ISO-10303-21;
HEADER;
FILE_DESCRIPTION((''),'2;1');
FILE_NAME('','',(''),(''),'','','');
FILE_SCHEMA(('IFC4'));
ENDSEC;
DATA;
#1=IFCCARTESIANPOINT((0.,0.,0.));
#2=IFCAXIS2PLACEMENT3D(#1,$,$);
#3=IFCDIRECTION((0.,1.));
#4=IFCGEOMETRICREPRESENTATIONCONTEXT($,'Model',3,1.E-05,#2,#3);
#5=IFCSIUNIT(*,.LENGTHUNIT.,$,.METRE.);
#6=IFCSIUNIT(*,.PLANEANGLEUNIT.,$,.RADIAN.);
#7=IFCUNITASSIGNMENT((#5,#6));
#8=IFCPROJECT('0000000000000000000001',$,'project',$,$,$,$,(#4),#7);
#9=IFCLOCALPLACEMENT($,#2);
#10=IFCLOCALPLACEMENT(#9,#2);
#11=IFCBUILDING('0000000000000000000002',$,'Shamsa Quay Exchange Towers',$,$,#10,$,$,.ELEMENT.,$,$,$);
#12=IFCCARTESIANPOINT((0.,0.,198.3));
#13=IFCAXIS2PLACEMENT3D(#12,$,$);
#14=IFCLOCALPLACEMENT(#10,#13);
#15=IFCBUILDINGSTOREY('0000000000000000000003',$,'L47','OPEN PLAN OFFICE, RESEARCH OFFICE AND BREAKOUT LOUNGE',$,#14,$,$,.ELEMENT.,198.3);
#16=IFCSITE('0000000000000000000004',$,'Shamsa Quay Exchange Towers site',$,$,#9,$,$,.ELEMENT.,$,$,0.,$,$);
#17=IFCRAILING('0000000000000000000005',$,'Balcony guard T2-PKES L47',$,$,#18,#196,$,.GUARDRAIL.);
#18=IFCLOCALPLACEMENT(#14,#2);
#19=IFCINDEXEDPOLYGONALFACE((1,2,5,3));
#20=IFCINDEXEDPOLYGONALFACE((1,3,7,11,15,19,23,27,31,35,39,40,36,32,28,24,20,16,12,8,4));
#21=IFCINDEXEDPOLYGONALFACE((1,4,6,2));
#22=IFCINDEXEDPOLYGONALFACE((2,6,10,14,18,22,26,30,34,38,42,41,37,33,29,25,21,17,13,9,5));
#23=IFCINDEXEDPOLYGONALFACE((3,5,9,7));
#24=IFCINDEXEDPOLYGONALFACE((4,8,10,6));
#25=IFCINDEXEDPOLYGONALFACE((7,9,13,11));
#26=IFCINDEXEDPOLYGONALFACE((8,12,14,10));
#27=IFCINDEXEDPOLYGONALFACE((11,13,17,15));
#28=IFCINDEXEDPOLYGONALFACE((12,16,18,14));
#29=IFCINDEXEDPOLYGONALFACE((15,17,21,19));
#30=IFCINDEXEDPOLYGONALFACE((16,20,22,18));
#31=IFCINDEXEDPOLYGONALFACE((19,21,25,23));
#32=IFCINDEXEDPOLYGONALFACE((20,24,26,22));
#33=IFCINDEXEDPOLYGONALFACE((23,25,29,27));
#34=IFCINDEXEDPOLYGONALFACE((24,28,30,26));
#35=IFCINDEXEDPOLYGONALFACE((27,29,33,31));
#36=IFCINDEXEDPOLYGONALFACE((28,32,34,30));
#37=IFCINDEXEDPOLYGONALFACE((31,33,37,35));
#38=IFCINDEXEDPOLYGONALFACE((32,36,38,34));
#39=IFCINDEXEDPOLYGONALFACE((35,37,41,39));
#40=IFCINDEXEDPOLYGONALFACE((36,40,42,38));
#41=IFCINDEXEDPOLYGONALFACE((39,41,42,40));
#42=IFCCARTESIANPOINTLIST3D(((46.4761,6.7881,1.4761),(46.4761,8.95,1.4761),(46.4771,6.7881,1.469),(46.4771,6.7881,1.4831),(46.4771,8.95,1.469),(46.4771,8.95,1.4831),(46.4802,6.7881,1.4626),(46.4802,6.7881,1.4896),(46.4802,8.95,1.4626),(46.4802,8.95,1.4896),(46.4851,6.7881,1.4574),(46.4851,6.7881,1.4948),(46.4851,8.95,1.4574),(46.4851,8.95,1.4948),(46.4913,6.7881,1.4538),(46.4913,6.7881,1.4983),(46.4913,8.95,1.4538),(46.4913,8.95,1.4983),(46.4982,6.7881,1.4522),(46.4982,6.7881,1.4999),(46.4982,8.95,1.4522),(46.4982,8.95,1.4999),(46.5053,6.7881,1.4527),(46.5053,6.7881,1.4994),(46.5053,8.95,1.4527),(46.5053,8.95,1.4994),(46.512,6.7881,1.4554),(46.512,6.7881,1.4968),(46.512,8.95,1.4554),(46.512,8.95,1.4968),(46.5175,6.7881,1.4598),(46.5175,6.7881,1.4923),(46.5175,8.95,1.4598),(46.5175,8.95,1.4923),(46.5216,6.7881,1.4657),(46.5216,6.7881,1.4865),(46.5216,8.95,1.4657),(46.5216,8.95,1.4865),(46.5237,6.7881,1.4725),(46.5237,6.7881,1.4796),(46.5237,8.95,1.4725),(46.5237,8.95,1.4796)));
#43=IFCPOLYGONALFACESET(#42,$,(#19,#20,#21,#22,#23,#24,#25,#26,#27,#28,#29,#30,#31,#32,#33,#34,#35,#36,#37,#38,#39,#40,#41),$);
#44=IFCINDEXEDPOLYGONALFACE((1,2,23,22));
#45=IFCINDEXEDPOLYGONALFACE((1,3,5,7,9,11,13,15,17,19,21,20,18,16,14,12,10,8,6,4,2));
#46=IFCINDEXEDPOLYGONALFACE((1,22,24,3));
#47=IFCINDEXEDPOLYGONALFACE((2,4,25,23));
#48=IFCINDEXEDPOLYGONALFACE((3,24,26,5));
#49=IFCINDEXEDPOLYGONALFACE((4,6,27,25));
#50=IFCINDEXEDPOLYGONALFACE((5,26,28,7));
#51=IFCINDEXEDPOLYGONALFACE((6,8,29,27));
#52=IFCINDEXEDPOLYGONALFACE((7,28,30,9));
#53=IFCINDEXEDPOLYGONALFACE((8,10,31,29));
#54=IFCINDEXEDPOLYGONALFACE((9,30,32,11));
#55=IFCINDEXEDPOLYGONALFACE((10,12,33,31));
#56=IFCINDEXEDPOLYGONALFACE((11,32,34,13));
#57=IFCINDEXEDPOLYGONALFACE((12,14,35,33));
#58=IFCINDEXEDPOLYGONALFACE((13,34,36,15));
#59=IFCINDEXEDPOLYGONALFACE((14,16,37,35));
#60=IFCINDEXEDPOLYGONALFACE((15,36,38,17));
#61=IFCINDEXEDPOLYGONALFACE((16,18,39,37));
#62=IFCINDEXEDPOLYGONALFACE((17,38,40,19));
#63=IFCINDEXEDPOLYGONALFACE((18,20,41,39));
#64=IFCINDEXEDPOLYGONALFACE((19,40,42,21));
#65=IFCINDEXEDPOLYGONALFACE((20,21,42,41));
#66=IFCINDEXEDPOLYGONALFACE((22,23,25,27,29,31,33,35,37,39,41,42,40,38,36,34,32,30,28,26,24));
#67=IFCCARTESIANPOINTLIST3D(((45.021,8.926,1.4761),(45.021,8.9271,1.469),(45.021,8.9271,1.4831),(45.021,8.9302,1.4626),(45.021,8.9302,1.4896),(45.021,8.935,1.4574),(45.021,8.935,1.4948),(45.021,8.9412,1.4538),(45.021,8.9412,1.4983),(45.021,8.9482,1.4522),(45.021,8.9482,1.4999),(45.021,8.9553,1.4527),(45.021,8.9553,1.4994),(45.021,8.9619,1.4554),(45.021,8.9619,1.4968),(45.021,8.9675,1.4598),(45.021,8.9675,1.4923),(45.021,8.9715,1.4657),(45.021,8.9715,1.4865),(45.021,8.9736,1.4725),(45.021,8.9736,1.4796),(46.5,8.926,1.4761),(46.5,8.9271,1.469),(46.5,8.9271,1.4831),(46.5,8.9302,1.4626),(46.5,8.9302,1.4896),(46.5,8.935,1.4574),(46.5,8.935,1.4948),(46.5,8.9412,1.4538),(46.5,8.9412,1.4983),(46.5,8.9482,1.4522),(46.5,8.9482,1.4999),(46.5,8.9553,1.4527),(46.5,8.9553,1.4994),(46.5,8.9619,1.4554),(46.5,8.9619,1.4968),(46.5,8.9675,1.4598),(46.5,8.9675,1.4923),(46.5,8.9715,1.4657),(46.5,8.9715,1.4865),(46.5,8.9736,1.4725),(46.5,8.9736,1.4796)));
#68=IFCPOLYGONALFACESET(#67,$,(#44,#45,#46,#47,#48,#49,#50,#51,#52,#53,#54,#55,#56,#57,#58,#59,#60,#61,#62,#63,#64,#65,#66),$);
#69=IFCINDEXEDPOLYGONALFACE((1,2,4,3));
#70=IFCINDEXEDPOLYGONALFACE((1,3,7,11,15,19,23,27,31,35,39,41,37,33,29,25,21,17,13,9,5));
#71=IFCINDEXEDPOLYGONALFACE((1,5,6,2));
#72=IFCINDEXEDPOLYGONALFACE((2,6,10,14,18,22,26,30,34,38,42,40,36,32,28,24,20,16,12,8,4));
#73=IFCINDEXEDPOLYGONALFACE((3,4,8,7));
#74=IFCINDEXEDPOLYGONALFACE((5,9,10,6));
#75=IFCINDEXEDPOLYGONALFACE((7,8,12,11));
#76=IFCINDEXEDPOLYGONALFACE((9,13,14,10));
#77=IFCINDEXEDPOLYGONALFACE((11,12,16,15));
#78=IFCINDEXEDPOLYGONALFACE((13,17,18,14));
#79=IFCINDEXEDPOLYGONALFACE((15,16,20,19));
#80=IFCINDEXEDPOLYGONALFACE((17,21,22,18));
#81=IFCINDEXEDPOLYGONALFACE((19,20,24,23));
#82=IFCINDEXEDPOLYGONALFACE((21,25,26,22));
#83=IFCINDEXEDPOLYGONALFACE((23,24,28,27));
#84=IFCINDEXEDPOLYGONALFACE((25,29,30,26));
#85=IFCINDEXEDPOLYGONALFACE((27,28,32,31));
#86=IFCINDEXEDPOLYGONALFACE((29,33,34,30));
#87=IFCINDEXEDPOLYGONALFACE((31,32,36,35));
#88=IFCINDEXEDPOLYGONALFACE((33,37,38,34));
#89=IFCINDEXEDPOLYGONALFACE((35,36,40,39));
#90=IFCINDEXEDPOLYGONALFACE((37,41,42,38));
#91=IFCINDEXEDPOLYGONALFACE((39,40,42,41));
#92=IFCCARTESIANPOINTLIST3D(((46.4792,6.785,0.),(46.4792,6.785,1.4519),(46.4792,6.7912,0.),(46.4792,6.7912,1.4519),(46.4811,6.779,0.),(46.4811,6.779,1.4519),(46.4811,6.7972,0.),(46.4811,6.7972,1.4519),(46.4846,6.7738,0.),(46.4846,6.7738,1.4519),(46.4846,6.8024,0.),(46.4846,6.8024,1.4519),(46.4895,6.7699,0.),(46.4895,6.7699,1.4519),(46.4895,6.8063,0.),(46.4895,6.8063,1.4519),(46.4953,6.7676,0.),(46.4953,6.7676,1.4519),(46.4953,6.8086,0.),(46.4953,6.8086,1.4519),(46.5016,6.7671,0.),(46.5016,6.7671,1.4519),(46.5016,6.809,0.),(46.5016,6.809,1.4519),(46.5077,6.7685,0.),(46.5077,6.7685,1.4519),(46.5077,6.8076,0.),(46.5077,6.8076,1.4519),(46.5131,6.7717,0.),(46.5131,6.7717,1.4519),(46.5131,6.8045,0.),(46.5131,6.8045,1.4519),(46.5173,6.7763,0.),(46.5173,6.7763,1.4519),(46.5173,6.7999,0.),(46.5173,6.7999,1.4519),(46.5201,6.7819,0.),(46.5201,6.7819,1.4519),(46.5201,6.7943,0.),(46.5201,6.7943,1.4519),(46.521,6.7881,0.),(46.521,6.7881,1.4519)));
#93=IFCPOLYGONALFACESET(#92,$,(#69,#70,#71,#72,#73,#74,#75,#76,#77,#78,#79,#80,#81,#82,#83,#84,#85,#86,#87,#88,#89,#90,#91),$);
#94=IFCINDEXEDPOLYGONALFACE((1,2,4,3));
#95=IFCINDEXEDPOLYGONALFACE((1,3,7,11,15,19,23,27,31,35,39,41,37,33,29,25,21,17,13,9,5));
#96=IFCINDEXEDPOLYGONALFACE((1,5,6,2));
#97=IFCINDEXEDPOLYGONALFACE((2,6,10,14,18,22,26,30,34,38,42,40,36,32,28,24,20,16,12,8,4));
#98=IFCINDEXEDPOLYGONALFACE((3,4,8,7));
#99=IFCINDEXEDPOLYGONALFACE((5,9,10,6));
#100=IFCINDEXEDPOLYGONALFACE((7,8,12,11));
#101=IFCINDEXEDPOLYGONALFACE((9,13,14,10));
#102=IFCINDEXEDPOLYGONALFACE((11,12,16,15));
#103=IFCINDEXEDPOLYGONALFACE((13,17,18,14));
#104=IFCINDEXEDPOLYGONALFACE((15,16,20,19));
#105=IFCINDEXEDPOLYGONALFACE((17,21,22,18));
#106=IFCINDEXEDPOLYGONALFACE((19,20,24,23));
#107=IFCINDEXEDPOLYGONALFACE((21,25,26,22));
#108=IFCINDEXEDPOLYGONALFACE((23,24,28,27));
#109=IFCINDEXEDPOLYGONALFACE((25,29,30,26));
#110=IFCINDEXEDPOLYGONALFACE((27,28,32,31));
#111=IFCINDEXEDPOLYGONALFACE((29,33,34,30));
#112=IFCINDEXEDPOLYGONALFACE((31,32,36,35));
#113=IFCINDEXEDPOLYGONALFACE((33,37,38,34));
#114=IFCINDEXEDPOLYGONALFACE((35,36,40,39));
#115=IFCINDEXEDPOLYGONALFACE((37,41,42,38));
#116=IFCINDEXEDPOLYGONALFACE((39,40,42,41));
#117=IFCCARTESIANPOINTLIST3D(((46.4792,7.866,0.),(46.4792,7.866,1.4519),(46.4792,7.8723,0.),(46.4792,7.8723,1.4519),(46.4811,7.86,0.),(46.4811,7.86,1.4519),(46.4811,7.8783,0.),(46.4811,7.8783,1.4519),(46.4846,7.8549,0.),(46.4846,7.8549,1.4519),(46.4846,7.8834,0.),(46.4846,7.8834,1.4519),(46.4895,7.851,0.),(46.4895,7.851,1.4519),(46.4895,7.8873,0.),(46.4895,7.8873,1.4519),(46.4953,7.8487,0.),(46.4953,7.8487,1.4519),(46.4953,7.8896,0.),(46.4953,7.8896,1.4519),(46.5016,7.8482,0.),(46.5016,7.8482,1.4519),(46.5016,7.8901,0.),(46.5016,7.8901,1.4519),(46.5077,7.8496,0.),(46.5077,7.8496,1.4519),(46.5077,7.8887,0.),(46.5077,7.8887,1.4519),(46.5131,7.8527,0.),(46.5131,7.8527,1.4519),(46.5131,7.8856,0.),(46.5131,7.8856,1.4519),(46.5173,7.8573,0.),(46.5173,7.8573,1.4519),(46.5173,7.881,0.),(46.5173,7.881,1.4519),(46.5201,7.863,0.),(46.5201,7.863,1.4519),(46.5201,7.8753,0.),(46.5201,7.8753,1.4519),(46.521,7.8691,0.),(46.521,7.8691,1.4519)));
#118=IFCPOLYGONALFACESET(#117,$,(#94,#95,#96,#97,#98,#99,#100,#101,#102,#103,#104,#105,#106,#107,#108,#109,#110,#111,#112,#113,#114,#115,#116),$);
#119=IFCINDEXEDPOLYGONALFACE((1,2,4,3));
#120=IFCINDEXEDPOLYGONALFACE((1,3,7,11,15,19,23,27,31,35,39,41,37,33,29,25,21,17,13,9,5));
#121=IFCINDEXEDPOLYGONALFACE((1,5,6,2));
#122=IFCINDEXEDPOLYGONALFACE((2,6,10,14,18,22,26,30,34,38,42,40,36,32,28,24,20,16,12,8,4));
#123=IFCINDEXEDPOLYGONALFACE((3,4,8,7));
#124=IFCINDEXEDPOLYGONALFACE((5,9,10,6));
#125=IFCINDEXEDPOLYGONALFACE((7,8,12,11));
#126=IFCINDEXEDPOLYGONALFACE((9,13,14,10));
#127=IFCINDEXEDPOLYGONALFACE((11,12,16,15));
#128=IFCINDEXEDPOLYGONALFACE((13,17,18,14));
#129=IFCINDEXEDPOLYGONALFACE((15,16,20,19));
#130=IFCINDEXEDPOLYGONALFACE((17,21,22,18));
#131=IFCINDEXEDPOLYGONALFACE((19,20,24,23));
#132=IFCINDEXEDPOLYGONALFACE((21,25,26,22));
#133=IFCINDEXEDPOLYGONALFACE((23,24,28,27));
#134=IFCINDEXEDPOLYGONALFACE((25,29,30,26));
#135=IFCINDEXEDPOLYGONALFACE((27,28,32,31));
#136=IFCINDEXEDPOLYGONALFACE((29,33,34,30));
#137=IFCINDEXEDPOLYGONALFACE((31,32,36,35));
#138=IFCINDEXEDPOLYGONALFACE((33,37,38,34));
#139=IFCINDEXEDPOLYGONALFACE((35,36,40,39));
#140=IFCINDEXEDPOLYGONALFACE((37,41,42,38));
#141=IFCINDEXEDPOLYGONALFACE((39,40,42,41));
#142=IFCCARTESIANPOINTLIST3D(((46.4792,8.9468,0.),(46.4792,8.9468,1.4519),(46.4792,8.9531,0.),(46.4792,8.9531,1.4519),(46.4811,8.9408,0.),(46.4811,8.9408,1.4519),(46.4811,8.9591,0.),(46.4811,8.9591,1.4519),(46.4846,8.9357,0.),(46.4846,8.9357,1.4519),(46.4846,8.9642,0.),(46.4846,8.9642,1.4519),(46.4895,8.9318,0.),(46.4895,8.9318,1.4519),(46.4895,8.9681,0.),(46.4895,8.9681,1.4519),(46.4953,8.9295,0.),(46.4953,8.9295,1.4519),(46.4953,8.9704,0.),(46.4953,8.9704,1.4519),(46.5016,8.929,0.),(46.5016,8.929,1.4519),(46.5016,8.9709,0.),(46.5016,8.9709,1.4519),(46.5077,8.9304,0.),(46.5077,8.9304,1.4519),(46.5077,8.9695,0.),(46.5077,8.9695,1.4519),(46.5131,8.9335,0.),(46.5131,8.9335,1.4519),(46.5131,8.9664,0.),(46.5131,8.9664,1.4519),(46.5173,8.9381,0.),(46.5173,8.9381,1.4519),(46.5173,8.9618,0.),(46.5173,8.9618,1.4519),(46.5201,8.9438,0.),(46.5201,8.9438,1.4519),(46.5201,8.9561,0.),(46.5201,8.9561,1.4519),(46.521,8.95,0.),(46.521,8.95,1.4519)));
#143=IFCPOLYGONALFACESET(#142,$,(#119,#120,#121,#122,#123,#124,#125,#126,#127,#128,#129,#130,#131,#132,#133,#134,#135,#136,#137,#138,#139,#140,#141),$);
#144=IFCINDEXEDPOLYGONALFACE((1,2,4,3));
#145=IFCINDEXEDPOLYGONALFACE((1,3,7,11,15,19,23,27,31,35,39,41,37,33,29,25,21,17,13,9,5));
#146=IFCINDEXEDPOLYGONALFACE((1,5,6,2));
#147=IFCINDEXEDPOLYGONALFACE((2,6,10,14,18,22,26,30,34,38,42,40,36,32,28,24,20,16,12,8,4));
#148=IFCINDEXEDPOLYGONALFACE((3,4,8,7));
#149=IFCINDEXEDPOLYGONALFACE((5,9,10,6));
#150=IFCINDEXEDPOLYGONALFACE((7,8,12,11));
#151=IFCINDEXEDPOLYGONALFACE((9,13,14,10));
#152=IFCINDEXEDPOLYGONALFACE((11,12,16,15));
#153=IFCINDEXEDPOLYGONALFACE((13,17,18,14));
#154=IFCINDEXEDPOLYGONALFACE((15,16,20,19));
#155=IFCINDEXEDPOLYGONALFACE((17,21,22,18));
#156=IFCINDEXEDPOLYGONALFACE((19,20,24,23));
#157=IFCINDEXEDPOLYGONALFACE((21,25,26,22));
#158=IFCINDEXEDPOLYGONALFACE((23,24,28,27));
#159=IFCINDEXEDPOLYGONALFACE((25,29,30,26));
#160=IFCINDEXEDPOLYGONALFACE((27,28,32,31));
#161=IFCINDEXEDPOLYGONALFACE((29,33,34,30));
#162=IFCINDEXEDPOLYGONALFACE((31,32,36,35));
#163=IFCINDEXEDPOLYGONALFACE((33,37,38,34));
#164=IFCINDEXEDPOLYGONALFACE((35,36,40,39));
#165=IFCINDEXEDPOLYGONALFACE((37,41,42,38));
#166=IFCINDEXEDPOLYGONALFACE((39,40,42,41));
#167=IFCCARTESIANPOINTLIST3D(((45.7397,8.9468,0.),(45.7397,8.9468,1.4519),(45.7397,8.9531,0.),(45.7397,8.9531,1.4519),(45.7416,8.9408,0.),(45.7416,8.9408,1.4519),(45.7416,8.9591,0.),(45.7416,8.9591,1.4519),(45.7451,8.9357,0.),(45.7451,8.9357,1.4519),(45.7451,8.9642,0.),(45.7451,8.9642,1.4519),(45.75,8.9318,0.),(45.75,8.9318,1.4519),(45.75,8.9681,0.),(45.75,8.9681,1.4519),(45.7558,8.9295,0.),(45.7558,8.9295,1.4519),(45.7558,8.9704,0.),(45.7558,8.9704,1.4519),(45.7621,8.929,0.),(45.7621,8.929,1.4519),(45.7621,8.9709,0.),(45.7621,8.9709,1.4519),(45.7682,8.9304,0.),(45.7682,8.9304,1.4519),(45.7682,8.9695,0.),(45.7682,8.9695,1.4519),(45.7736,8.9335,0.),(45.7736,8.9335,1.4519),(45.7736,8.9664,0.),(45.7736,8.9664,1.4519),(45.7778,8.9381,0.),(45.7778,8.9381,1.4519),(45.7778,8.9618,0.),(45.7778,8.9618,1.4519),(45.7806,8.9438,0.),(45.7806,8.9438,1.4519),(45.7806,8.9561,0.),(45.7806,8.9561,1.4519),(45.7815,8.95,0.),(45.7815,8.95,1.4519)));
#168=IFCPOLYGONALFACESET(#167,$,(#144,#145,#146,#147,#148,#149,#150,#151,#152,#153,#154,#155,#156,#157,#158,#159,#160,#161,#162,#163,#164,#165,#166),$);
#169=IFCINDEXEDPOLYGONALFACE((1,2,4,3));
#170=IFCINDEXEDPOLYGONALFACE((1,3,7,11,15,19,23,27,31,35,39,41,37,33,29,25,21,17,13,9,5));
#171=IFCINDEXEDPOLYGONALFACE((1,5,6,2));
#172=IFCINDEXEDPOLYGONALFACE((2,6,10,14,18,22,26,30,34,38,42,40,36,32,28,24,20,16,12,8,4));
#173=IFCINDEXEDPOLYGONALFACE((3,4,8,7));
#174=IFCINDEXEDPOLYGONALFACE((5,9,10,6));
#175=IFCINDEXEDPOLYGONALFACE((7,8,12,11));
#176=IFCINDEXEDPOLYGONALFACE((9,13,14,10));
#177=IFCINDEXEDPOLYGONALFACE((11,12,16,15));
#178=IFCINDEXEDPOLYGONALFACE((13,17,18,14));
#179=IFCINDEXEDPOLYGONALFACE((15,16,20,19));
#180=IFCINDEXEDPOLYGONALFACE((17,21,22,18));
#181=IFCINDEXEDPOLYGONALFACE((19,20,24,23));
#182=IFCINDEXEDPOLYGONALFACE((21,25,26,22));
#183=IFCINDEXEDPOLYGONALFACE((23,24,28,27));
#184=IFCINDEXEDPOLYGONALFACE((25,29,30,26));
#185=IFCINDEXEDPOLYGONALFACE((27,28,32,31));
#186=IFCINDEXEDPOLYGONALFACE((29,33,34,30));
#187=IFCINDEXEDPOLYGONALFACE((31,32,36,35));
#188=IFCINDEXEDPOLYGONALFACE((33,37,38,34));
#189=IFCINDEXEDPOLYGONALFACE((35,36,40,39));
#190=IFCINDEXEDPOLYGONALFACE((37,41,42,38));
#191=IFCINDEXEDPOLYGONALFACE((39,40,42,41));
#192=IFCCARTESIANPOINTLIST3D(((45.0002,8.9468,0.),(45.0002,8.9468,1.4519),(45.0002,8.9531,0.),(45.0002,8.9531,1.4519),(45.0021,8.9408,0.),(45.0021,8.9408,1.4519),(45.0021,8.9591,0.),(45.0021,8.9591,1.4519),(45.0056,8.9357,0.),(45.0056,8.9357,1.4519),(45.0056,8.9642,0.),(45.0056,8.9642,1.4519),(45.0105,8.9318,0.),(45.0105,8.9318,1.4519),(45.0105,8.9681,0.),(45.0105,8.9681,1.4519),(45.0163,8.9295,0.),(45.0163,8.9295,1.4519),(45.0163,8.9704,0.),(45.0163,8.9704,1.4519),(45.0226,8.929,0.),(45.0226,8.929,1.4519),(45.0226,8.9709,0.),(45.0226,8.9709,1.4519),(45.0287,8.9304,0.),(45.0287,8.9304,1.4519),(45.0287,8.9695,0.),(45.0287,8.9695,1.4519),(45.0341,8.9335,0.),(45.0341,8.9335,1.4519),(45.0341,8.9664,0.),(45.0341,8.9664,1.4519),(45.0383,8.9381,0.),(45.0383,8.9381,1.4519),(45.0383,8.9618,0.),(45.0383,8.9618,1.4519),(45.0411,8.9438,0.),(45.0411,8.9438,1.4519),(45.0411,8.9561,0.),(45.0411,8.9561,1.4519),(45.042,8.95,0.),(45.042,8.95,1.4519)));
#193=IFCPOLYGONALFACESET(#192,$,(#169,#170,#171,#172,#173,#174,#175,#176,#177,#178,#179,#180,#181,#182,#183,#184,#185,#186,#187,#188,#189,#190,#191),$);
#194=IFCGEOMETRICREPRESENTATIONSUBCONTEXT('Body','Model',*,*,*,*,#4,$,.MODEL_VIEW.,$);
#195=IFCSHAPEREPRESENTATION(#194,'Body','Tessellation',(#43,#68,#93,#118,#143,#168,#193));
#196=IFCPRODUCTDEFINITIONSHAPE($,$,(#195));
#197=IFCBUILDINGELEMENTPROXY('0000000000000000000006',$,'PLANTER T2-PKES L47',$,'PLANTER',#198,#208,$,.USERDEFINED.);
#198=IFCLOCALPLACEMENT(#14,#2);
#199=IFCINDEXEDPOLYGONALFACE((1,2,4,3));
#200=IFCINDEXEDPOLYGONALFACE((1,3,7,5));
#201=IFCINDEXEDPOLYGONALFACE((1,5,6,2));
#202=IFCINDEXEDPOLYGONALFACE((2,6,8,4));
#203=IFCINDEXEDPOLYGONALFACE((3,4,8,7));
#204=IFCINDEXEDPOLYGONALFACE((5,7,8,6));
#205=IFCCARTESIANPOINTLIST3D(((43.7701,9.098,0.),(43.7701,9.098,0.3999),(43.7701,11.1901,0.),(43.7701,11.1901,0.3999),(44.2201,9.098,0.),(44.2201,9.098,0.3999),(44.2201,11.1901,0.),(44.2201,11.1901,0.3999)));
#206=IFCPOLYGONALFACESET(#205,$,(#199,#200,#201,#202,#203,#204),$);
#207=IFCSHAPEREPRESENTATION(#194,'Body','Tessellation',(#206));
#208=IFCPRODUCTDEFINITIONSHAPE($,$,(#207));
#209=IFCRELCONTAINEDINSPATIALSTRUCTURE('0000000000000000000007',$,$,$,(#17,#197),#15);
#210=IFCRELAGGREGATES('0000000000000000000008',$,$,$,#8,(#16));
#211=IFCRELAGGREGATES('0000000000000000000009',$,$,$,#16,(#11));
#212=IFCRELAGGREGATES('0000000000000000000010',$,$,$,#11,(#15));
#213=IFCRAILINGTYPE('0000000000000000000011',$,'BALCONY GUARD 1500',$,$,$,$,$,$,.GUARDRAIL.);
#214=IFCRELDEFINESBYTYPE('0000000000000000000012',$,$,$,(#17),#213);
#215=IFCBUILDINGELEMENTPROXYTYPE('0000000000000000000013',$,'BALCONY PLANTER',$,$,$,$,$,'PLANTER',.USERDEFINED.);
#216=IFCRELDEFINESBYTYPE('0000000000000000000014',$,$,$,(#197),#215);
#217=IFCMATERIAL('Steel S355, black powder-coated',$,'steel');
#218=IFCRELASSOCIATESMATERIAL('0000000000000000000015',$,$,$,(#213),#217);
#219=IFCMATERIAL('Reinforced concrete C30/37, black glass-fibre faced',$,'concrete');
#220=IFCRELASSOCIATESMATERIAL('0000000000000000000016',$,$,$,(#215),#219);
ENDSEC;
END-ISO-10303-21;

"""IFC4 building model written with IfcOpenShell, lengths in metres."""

from ifc_helpers import new_model, si_unit, direction, frame, origin, origin_2d, place, context, subcontext, project, spatial, rectangle, circle, extrude, material, type_object, element, save


model = new_model("IFC4")

# Units and contexts
model_context = context("Model", 3, precision=1e-05, world=origin(), true_north=direction((0.0, 1.0)))
body_context = subcontext(model_context, "Body", "Model", "MODEL_VIEW")
ifc_project = project(units=[si_unit("LENGTHUNIT", "METRE"), si_unit("PLANEANGLEUNIT", "RADIAN")], contexts=[model_context])

# Site, building, storey
site_placement = place(None, origin())
site = spatial("IfcSite", under=ifc_project, at=site_placement, Name="Shamsa Quay Exchange Towers site", CompositionType="ELEMENT", RefElevation=0.0)
building_placement = place(site_placement, origin())
building = spatial("IfcBuilding", under=site, at=building_placement, Name="Shamsa Quay Exchange Towers", CompositionType="ELEMENT")
storey_placement = place(building_placement, frame((0.0, 0.0, 198.3)))
storey = spatial("IfcBuildingStorey", under=building, at=storey_placement, Name="L47", Description="OPEN PLAN OFFICE, RESEARCH OFFICE AND BREAKOUT LOUNGE", CompositionType="ELEMENT", Elevation=198.3)

# Railing
ifc_material_1 = material(Name="Steel S355, black powder-coated", Category="steel")
railing_type_1 = type_object("IfcRailingType", Name="BALCONY GUARD 1500", PredefinedType="GUARDRAIL", material=ifc_material_1)
for number, where, name in (
    (1, (46.5, 6.7881, 0.0), "Balcony guard T2-PKES L47"),
):
    element("IfcRailing", number, at=place(storey_placement, frame(where)), inside=storey, type_object=railing_type_1, Name=name, PredefinedType="GUARDRAIL", context=body_context, shape_type="SweptSolid", body=[
        extrude(circle(Radius=0.0239, at=origin_2d()), frame((0.0, 0.0, 1.4761), z_axis=(0.0, 1.0, 0.0), x_axis=(-1.0, 0.0, 0.0)), (0.0, 0.0, 1.0), 2.1619),
        extrude(circle(Radius=0.0239, at=origin_2d()), frame((0.0, 2.1619, 1.4761), z_axis=(-1.0, 0.0, 0.0), x_axis=(0.0, -1.0, 0.0)), (0.0, 0.0, 1.0), 1.479),
        extrude(circle(Radius=0.021, at=origin_2d()), origin(), (0.0, 0.0, 1.0), 1.4519),
        extrude(circle(Radius=0.021, at=origin_2d()), frame((0.0, 1.0811, 0.0)), (0.0, 0.0, 1.0), 1.4519),
        extrude(circle(Radius=0.021, at=origin_2d()), frame((0.0, 2.1619, 0.0)), (0.0, 0.0, 1.0), 1.4519),
        extrude(circle(Radius=0.021, at=origin_2d()), frame((-0.7395, 2.1619, 0.0)), (0.0, 0.0, 1.0), 1.4519),
        extrude(circle(Radius=0.021, at=origin_2d()), frame((-1.479, 2.1619, 0.0)), (0.0, 0.0, 1.0), 1.4519),
    ])

# Building element proxy
ifc_material_2 = material(Name="Reinforced concrete C30/37, black glass-fibre faced", Category="concrete")
building_element_proxy_type = type_object("IfcBuildingElementProxyType", Name="BALCONY PLANTER", ElementType="PLANTER", PredefinedType="USERDEFINED", material=ifc_material_2)
for number, where, z_axis, x_axis, name in (
    (2, (43.9951, 10.144, 0.0), (0.0, 0.0, 1.0), (0.0, 1.0, 0.0), "PLANTER T2-PKES L47"),
):
    element("IfcBuildingElementProxy", number, at=place(storey_placement, frame(where, z_axis=z_axis, x_axis=x_axis)), inside=storey, type_object=building_element_proxy_type, Name=name, ObjectType="PLANTER", PredefinedType="USERDEFINED", context=body_context, shape_type="SweptSolid", body=[
        extrude(rectangle(XDim=2.092, YDim=0.45, at=origin_2d()), origin(), (0.0, 0.0, 1.0), 0.3999),
    ])

save(model, "model.ifc")
